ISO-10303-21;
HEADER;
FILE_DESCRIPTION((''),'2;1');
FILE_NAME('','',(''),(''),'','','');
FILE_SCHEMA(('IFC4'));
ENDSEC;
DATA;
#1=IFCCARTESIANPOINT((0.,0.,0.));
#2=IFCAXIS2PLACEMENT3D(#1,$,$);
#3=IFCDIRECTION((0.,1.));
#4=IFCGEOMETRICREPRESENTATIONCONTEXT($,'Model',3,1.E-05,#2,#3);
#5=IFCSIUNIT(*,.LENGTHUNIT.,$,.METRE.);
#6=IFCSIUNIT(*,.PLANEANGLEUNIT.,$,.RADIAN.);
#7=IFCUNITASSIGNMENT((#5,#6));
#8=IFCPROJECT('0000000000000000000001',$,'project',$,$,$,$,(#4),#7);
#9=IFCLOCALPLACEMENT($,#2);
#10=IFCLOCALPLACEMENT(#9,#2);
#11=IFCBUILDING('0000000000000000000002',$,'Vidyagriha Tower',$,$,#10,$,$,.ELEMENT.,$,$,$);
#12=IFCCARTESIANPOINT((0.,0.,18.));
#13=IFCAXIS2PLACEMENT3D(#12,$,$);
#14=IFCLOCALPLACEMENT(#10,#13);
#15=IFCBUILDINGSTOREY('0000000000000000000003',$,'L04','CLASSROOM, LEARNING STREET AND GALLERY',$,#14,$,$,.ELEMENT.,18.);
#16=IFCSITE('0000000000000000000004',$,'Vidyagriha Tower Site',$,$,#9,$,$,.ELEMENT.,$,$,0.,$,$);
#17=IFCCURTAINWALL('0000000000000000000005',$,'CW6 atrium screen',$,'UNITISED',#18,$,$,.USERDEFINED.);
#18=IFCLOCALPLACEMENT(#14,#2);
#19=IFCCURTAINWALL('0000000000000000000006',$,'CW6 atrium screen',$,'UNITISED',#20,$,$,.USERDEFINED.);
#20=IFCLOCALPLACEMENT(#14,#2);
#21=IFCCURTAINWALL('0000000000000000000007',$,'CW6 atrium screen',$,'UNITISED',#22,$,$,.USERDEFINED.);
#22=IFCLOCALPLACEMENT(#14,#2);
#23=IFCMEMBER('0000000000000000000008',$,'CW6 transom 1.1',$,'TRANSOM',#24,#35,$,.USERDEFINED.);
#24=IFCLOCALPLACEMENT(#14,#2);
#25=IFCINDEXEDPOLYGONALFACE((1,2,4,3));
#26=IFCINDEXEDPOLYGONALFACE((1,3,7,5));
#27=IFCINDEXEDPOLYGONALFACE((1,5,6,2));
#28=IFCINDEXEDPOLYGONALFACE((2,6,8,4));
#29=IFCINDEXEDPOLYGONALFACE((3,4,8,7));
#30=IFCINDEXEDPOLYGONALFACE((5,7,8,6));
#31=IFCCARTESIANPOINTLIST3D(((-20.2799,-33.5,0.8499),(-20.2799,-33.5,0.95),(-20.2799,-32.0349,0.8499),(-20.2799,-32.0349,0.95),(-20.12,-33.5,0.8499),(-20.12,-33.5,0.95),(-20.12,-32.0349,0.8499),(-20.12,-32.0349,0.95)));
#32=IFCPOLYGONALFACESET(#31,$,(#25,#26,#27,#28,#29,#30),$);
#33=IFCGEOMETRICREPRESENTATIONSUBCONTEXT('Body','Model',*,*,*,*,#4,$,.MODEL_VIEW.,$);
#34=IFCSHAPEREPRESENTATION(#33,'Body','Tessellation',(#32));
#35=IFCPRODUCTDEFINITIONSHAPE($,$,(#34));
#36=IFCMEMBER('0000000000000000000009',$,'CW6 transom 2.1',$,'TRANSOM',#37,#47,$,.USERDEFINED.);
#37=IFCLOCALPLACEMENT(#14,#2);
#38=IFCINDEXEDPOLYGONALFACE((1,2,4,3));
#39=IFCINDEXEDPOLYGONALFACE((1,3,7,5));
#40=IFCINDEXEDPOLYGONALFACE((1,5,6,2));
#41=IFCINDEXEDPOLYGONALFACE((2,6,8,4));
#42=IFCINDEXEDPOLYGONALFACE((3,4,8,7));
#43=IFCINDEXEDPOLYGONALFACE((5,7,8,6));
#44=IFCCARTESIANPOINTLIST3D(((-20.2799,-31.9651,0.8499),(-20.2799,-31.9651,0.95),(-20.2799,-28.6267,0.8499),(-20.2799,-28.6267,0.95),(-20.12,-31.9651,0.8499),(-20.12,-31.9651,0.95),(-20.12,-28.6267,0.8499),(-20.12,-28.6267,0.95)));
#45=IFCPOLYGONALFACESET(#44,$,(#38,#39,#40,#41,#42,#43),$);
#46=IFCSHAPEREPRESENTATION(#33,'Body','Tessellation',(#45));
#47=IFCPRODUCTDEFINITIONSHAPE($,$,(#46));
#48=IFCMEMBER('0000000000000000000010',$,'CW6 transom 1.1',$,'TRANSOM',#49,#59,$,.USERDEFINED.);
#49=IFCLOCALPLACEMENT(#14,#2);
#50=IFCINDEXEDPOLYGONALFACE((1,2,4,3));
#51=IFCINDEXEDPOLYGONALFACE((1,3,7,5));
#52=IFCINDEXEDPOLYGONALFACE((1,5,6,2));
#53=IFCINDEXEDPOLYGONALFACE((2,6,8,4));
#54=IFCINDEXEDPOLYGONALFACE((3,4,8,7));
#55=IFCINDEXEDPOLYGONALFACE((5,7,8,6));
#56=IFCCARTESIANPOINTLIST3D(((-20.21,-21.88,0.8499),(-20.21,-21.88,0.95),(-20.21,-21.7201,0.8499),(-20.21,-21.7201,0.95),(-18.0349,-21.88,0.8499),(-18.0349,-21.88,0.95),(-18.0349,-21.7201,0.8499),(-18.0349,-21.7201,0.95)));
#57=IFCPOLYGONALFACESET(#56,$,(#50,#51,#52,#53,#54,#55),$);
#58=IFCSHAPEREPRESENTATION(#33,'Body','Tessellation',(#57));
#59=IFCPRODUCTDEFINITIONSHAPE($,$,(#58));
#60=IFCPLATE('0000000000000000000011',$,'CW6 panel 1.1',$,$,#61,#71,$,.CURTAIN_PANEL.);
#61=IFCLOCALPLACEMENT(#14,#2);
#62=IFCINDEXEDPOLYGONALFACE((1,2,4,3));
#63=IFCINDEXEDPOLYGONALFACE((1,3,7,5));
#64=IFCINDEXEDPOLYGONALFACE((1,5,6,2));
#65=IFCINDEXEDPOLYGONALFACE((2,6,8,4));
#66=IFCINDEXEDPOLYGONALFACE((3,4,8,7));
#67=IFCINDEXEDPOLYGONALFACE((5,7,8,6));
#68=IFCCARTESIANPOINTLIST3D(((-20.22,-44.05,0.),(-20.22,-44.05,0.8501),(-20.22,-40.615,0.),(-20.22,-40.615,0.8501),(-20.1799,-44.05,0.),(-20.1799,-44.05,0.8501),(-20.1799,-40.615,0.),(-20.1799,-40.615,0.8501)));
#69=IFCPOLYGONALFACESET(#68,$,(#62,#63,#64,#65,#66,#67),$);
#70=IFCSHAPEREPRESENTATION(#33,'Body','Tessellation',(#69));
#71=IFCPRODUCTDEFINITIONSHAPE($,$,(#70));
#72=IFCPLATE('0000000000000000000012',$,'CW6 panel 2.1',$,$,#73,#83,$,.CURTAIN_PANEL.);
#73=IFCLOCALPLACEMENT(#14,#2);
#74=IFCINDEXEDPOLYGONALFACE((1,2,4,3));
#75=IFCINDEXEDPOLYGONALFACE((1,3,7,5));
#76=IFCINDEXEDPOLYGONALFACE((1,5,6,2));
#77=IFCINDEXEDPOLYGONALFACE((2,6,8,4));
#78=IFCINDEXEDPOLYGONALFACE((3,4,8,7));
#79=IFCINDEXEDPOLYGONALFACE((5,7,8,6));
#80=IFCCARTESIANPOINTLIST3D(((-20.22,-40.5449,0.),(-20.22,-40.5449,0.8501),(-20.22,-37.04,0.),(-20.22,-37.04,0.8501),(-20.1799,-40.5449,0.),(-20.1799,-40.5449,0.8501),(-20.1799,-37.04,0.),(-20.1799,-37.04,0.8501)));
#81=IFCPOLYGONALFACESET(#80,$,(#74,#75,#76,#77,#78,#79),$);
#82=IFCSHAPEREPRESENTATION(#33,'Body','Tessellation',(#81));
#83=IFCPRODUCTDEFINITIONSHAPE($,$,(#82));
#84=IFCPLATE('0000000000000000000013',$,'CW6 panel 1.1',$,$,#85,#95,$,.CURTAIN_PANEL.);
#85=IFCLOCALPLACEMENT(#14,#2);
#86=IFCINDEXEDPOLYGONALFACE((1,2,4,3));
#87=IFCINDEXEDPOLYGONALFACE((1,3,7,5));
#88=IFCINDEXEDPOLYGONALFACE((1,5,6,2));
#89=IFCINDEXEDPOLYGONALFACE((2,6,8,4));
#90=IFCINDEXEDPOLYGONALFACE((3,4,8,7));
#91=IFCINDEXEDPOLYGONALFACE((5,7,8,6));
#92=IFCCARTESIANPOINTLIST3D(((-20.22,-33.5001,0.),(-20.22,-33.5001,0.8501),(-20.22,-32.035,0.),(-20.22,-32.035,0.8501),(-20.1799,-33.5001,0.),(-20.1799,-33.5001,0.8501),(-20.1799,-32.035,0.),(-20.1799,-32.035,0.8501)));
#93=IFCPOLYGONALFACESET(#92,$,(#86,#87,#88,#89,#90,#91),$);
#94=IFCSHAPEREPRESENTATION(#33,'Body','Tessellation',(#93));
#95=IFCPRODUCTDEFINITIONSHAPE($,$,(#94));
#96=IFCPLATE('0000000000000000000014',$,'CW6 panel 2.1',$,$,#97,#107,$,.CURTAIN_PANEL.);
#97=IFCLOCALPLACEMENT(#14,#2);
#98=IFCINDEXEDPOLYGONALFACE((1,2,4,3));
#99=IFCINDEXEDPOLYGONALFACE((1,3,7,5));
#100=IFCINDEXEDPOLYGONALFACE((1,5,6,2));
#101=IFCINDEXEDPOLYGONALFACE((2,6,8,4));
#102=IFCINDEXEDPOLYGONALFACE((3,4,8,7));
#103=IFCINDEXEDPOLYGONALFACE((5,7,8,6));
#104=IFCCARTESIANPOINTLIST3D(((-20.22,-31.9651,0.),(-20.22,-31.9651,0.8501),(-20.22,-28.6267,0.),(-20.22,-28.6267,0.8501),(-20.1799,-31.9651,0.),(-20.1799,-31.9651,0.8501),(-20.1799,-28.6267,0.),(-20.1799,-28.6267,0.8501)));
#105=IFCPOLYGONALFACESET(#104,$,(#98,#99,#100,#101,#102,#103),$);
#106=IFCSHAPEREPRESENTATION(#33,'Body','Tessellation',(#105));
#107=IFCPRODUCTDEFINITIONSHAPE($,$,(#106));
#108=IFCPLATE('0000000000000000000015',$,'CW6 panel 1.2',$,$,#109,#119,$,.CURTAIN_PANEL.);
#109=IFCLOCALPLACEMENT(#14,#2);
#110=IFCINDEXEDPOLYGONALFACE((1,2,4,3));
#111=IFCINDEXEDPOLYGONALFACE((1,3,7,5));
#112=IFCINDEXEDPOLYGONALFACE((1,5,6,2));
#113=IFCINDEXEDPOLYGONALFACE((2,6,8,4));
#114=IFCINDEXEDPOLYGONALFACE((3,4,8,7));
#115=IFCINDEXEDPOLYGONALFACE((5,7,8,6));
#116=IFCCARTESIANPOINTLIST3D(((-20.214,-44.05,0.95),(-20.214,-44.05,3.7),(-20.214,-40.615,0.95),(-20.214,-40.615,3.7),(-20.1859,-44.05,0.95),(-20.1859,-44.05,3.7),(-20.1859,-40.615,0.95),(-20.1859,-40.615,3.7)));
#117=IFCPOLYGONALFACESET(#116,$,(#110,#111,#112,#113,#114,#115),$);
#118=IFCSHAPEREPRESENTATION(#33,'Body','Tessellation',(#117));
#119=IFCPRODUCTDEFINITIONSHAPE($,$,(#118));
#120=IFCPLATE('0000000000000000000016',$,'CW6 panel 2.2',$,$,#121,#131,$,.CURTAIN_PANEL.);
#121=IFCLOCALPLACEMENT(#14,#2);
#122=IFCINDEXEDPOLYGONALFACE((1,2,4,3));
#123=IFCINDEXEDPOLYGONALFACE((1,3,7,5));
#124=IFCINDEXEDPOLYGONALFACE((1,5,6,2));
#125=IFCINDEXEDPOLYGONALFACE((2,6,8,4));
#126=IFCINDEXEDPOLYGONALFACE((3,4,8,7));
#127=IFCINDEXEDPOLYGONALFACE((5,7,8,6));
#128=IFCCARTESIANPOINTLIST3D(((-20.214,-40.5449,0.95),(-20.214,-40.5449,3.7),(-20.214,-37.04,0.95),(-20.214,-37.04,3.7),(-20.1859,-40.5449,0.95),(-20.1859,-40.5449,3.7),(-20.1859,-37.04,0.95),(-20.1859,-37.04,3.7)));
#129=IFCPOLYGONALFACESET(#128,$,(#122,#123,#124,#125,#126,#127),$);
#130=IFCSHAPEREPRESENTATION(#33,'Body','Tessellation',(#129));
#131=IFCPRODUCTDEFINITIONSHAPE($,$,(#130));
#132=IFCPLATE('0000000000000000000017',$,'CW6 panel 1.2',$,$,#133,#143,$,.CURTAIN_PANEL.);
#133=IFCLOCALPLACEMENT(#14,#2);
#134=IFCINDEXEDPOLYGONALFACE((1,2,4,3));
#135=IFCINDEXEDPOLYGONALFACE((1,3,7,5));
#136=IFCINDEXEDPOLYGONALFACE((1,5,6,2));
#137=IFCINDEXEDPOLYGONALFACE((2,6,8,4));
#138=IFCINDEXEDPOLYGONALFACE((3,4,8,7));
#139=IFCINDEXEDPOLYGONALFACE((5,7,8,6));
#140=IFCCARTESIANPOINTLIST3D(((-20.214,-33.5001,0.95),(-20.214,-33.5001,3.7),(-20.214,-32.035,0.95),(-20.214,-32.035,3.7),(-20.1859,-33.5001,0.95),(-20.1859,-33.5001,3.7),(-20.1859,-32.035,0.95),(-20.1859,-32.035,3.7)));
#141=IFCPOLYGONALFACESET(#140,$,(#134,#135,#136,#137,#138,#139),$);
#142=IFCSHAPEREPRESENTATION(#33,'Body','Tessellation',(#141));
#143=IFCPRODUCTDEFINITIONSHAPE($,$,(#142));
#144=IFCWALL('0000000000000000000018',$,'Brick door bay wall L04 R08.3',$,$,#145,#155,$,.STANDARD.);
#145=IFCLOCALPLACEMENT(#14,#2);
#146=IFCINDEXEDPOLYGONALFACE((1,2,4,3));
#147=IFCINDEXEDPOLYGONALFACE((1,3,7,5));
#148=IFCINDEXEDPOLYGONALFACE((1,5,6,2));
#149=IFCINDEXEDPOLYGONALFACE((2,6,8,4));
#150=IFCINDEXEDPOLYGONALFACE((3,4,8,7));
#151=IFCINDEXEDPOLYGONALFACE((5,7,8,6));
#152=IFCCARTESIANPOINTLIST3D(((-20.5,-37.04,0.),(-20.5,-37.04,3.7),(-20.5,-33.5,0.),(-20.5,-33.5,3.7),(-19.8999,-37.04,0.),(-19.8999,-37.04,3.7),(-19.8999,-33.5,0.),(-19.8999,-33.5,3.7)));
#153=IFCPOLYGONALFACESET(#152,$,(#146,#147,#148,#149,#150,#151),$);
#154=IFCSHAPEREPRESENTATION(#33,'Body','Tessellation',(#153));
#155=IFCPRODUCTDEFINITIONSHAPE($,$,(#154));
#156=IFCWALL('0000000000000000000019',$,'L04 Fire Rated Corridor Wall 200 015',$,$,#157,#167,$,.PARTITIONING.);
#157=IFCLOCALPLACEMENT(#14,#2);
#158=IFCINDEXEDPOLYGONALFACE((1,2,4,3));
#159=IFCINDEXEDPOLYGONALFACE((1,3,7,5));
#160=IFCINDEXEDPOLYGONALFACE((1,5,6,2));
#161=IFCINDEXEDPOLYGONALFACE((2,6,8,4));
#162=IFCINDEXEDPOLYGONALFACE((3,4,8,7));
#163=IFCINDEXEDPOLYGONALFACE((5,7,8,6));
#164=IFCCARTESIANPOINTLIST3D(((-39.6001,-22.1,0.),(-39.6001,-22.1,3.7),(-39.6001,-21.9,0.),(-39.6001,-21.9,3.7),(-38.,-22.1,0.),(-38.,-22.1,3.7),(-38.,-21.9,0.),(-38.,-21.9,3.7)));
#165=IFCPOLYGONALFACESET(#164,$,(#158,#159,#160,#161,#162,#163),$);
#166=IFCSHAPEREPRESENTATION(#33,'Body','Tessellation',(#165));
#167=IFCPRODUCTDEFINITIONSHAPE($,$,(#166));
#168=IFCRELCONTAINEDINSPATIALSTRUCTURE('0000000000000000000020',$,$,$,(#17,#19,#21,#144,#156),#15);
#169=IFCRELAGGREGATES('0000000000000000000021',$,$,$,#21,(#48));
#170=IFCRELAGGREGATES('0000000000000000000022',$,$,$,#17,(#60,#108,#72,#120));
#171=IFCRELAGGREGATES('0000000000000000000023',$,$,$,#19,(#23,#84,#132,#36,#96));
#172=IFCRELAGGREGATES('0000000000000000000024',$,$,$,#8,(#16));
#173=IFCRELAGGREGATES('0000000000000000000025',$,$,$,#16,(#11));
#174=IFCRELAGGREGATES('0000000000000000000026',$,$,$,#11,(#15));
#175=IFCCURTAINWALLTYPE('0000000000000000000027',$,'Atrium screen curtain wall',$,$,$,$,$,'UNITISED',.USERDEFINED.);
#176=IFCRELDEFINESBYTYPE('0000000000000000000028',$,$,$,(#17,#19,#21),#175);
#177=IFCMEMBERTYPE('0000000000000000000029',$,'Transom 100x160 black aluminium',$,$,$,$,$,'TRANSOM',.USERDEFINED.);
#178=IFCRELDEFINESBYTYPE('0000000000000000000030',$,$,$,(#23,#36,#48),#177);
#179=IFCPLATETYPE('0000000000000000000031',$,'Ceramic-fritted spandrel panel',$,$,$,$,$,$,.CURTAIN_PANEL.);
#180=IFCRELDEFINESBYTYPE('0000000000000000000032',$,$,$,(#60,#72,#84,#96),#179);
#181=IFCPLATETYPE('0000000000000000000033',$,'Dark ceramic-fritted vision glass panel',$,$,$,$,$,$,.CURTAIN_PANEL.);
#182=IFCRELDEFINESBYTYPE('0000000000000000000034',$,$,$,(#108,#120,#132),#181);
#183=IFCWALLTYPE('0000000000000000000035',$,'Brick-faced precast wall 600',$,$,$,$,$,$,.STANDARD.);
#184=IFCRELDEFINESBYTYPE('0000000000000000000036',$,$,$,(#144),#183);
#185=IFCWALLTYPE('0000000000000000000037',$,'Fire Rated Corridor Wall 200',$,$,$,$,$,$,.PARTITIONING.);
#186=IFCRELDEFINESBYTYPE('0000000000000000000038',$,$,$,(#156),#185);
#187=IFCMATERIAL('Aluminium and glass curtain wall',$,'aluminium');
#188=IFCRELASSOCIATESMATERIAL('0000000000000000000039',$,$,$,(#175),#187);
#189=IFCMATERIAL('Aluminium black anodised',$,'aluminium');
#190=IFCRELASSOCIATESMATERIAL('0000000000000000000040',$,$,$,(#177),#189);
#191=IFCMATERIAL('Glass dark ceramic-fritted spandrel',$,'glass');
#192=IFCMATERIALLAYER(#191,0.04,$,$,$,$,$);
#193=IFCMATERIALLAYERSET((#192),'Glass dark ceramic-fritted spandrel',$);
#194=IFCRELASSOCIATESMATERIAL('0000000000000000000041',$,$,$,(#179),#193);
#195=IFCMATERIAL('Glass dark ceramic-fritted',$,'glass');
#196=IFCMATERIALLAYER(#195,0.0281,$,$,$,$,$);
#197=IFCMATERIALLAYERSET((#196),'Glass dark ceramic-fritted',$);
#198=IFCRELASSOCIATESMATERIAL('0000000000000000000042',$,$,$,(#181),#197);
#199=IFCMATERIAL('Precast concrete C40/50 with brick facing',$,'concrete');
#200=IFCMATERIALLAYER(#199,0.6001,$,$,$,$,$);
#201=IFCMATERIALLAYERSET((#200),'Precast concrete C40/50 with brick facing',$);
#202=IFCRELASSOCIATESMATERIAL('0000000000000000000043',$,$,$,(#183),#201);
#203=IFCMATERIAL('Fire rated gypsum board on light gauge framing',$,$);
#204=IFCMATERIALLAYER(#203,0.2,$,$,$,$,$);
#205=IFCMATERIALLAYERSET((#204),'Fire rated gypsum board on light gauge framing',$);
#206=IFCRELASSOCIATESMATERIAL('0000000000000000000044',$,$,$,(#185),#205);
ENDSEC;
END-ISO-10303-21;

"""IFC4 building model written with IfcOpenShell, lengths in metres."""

from ifc_helpers import new_model, si_unit, direction, frame, frame_2d, origin, origin_2d, place, context, subcontext, project, spatial, rectangle, extrude, material, layer, layer_set, material_profile, profile_set, type_object, element, aggregate, save


model = new_model("IFC4")

# Units and contexts
model_context = context("Model", 3, precision=1e-05, world=origin(), true_north=direction((0.0, 1.0)))
body_context = subcontext(model_context, "Body", "Model", "MODEL_VIEW")
ifc_project = project(units=[si_unit("LENGTHUNIT", "METRE"), si_unit("PLANEANGLEUNIT", "RADIAN")], contexts=[model_context])

# Site, building, storey
site_placement = place(None, origin())
site = spatial("IfcSite", under=ifc_project, at=site_placement, Name="Vidyagriha Tower Site", CompositionType="ELEMENT", RefElevation=0.0)
building_placement = place(site_placement, origin())
building = spatial("IfcBuilding", under=site, at=building_placement, Name="Vidyagriha Tower", CompositionType="ELEMENT")
storey_placement = place(building_placement, frame((0.0, 0.0, 18.0)))
storey = spatial("IfcBuildingStorey", under=building, at=storey_placement, Name="L04", Description="CLASSROOM, LEARNING STREET AND GALLERY", CompositionType="ELEMENT", Elevation=18.0)

# Curtain walls
ifc_material_1 = material(Name="Aluminium and glass curtain wall", Category="aluminium")
curtain_wall_type = type_object("IfcCurtainWallType", Name="Atrium screen curtain wall", ElementType="UNITISED", PredefinedType="USERDEFINED", material=ifc_material_1)
curtain_wall_1_placement = place(storey_placement, origin())
curtain_wall_1 = element("IfcCurtainWall", 1, at=curtain_wall_1_placement, inside=storey, type_object=curtain_wall_type, Name="CW6 atrium screen", ObjectType="UNITISED", PredefinedType="USERDEFINED")
curtain_wall_2_placement = place(storey_placement, origin())
curtain_wall_2 = element("IfcCurtainWall", 2, at=curtain_wall_2_placement, inside=storey, type_object=curtain_wall_type, Name="CW6 atrium screen", ObjectType="UNITISED", PredefinedType="USERDEFINED")
curtain_wall_3_placement = place(storey_placement, origin())
curtain_wall_3 = element("IfcCurtainWall", 3, at=curtain_wall_3_placement, inside=storey, type_object=curtain_wall_type, Name="CW6 atrium screen", ObjectType="UNITISED", PredefinedType="USERDEFINED")

# Members
ifc_material_2 = material(Name="Aluminium black anodised", Category="aluminium")
ifc_material_profile_1 = material_profile(ifc_material_2, rectangle(XDim=0.1599, YDim=0.1001, at=origin_2d()), Name="Transom 100x160 black aluminium")
ifc_profile_set_1 = profile_set([ifc_material_profile_1], Name="Aluminium black anodised")
member_type_1 = type_object("IfcMemberType", Name="Transom 100x160 black aluminium", ElementType="TRANSOM", PredefinedType="USERDEFINED", material=ifc_profile_set_1)
member_1_placement = place(storey_placement, frame((-20.2, -33.5, 0.8999), z_axis=(0.0, 1.0, 0.0), x_axis=(-1.0, 0.0, 0.0)))
member_1 = element("IfcMember", 4, at=member_1_placement, type_object=member_type_1, Name="CW6 transom 1.1", ObjectType="TRANSOM", PredefinedType="USERDEFINED", context=body_context, shape_type="SweptSolid", body=[
    extrude(rectangle(XDim=0.1599, YDim=0.1001, at=origin_2d()), origin(), (0.0, 0.0, 1.0), 1.4651),
])
member_2_placement = place(storey_placement, frame((-20.2, -31.9651, 0.8999), z_axis=(0.0, 1.0, 0.0), x_axis=(-1.0, 0.0, 0.0)))
member_2 = element("IfcMember", 5, at=member_2_placement, type_object=member_type_1, Name="CW6 transom 2.1", ObjectType="TRANSOM", PredefinedType="USERDEFINED", context=body_context, shape_type="SweptSolid", body=[
    extrude(rectangle(XDim=0.1599, YDim=0.1001, at=origin_2d()), origin(), (0.0, 0.0, 1.0), 3.3384),
])
member_3_placement = place(storey_placement, frame((-20.21, -21.8, 0.8999), z_axis=(1.0, 0.0, 0.0), x_axis=(0.0, 1.0, 0.0)))
member_3 = element("IfcMember", 6, at=member_3_placement, type_object=member_type_1, Name="CW6 transom 1.1", ObjectType="TRANSOM", PredefinedType="USERDEFINED", context=body_context, shape_type="SweptSolid", body=[
    extrude(rectangle(XDim=0.1599, YDim=0.1001, at=origin_2d()), origin(), (0.0, 0.0, 1.0), 2.175),
])
aggregate(curtain_wall_3, [member_3])

# Plates
ifc_material_3 = material(Name="Glass dark ceramic-fritted spandrel", Category="glass")
ifc_layer_1 = layer(ifc_material_3, 0.04)
ifc_layer_set_1 = layer_set([ifc_layer_1], Name="Glass dark ceramic-fritted spandrel")
plate_type_1 = type_object("IfcPlateType", Name="Ceramic-fritted spandrel panel", PredefinedType="CURTAIN_PANEL", material=ifc_layer_set_1)
plate_1_placement = place(storey_placement, frame((-20.2, -42.3325, 0.0), z_axis=(0.0, 0.0, 1.0), x_axis=(0.0, 1.0, 0.0)))
plate_1 = element("IfcPlate", 7, at=plate_1_placement, type_object=plate_type_1, Name="CW6 panel 1.1", PredefinedType="CURTAIN_PANEL", context=body_context, shape_type="SweptSolid", body=[
    extrude(rectangle(XDim=3.4351, YDim=0.04, at=origin_2d()), origin(), (0.0, 0.0, 1.0), 0.8501),
])
plate_2_placement = place(storey_placement, frame((-20.2, -38.7925, 0.0), z_axis=(0.0, 0.0, 1.0), x_axis=(0.0, 1.0, 0.0)))
plate_2 = element("IfcPlate", 8, at=plate_2_placement, type_object=plate_type_1, Name="CW6 panel 2.1", PredefinedType="CURTAIN_PANEL", context=body_context, shape_type="SweptSolid", body=[
    extrude(rectangle(XDim=3.5049, YDim=0.04, at=origin_2d()), origin(), (0.0, 0.0, 1.0), 0.8501),
])
plate_3_placement = place(storey_placement, frame((-20.2, -32.7676, 0.0), z_axis=(0.0, 0.0, 1.0), x_axis=(0.0, 1.0, 0.0)))
plate_3 = element("IfcPlate", 9, at=plate_3_placement, type_object=plate_type_1, Name="CW6 panel 1.1", PredefinedType="CURTAIN_PANEL", context=body_context, shape_type="SweptSolid", body=[
    extrude(rectangle(XDim=1.4651, YDim=0.04, at=origin_2d()), origin(), (0.0, 0.0, 1.0), 0.8501),
])
plate_4_placement = place(storey_placement, frame((-20.2, -30.2959, 0.0), z_axis=(0.0, 0.0, 1.0), x_axis=(0.0, 1.0, 0.0)))
plate_4 = element("IfcPlate", 10, at=plate_4_placement, type_object=plate_type_1, Name="CW6 panel 2.1", PredefinedType="CURTAIN_PANEL", context=body_context, shape_type="SweptSolid", body=[
    extrude(rectangle(XDim=3.3384, YDim=0.04, at=origin_2d()), origin(), (0.0, 0.0, 1.0), 0.8501),
])
ifc_material_4 = material(Name="Glass dark ceramic-fritted", Category="glass")
ifc_layer_2 = layer(ifc_material_4, 0.0281)
ifc_layer_set_2 = layer_set([ifc_layer_2], Name="Glass dark ceramic-fritted")
plate_type_2 = type_object("IfcPlateType", Name="Dark ceramic-fritted vision glass panel", PredefinedType="CURTAIN_PANEL", material=ifc_layer_set_2)
plate_5_placement = place(storey_placement, frame((-20.2, -42.3325, 0.95), z_axis=(0.0, 0.0, 1.0), x_axis=(0.0, 1.0, 0.0)))
plate_5 = element("IfcPlate", 11, at=plate_5_placement, type_object=plate_type_2, Name="CW6 panel 1.2", PredefinedType="CURTAIN_PANEL", context=body_context, shape_type="SweptSolid", body=[
    extrude(rectangle(XDim=3.4351, YDim=0.0281, at=origin_2d()), origin(), (0.0, 0.0, 1.0), 2.75),
])
plate_6_placement = place(storey_placement, frame((-20.2, -38.7925, 0.95), z_axis=(0.0, 0.0, 1.0), x_axis=(0.0, 1.0, 0.0)))
plate_6 = element("IfcPlate", 12, at=plate_6_placement, type_object=plate_type_2, Name="CW6 panel 2.2", PredefinedType="CURTAIN_PANEL", context=body_context, shape_type="SweptSolid", body=[
    extrude(rectangle(XDim=3.5049, YDim=0.0281, at=origin_2d()), origin(), (0.0, 0.0, 1.0), 2.75),
])
aggregate(curtain_wall_1, [plate_1, plate_5, plate_2, plate_6])
plate_7_placement = place(storey_placement, frame((-20.2, -32.7676, 0.95), z_axis=(0.0, 0.0, 1.0), x_axis=(0.0, 1.0, 0.0)))
plate_7 = element("IfcPlate", 13, at=plate_7_placement, type_object=plate_type_2, Name="CW6 panel 1.2", PredefinedType="CURTAIN_PANEL", context=body_context, shape_type="SweptSolid", body=[
    extrude(rectangle(XDim=1.4651, YDim=0.0281, at=origin_2d()), origin(), (0.0, 0.0, 1.0), 2.75),
])
aggregate(curtain_wall_2, [member_1, plate_3, plate_7, member_2, plate_4])

# Walls
ifc_material_5 = material(Name="Precast concrete C40/50 with brick facing", Category="concrete")
ifc_layer_3 = layer(ifc_material_5, 0.6001)
ifc_layer_set_3 = layer_set([ifc_layer_3], Name="Precast concrete C40/50 with brick facing")
wall_type_1 = type_object("IfcWallType", Name="Brick-faced precast wall 600", PredefinedType="STANDARD", material=ifc_layer_set_3)
wall_1_placement = place(storey_placement, frame((-20.2, -37.04, 0.0), z_axis=(0.0, 0.0, 1.0), x_axis=(0.0, 1.0, 0.0)))
element("IfcWall", 14, at=wall_1_placement, inside=storey, type_object=wall_type_1, Name="Brick door bay wall L04 R08.3", PredefinedType="STANDARD", context=body_context, shape_type="SweptSolid", body=[
    extrude(rectangle(XDim=3.54, YDim=0.6001, at=frame_2d((1.77, 0.0))), origin(), (0.0, 0.0, 1.0), 3.7),
])
ifc_material_6 = material(Name="Fire rated gypsum board on light gauge framing")
ifc_layer_4 = layer(ifc_material_6, 0.2)
ifc_layer_set_4 = layer_set([ifc_layer_4], Name="Fire rated gypsum board on light gauge framing")
wall_type_2 = type_object("IfcWallType", Name="Fire Rated Corridor Wall 200", PredefinedType="PARTITIONING", material=ifc_layer_set_4)
wall_2_placement = place(storey_placement, frame((-39.6001, -22.0, 0.0)))
element("IfcWall", 15, at=wall_2_placement, inside=storey, type_object=wall_type_2, Name="L04 Fire Rated Corridor Wall 200 015", PredefinedType="PARTITIONING", context=body_context, shape_type="SweptSolid", body=[
    extrude(rectangle(XDim=1.6001, YDim=0.2, at=frame_2d((0.8, 0.0))), origin(), (0.0, 0.0, 1.0), 3.7),
])

save(model, "model.ifc")
